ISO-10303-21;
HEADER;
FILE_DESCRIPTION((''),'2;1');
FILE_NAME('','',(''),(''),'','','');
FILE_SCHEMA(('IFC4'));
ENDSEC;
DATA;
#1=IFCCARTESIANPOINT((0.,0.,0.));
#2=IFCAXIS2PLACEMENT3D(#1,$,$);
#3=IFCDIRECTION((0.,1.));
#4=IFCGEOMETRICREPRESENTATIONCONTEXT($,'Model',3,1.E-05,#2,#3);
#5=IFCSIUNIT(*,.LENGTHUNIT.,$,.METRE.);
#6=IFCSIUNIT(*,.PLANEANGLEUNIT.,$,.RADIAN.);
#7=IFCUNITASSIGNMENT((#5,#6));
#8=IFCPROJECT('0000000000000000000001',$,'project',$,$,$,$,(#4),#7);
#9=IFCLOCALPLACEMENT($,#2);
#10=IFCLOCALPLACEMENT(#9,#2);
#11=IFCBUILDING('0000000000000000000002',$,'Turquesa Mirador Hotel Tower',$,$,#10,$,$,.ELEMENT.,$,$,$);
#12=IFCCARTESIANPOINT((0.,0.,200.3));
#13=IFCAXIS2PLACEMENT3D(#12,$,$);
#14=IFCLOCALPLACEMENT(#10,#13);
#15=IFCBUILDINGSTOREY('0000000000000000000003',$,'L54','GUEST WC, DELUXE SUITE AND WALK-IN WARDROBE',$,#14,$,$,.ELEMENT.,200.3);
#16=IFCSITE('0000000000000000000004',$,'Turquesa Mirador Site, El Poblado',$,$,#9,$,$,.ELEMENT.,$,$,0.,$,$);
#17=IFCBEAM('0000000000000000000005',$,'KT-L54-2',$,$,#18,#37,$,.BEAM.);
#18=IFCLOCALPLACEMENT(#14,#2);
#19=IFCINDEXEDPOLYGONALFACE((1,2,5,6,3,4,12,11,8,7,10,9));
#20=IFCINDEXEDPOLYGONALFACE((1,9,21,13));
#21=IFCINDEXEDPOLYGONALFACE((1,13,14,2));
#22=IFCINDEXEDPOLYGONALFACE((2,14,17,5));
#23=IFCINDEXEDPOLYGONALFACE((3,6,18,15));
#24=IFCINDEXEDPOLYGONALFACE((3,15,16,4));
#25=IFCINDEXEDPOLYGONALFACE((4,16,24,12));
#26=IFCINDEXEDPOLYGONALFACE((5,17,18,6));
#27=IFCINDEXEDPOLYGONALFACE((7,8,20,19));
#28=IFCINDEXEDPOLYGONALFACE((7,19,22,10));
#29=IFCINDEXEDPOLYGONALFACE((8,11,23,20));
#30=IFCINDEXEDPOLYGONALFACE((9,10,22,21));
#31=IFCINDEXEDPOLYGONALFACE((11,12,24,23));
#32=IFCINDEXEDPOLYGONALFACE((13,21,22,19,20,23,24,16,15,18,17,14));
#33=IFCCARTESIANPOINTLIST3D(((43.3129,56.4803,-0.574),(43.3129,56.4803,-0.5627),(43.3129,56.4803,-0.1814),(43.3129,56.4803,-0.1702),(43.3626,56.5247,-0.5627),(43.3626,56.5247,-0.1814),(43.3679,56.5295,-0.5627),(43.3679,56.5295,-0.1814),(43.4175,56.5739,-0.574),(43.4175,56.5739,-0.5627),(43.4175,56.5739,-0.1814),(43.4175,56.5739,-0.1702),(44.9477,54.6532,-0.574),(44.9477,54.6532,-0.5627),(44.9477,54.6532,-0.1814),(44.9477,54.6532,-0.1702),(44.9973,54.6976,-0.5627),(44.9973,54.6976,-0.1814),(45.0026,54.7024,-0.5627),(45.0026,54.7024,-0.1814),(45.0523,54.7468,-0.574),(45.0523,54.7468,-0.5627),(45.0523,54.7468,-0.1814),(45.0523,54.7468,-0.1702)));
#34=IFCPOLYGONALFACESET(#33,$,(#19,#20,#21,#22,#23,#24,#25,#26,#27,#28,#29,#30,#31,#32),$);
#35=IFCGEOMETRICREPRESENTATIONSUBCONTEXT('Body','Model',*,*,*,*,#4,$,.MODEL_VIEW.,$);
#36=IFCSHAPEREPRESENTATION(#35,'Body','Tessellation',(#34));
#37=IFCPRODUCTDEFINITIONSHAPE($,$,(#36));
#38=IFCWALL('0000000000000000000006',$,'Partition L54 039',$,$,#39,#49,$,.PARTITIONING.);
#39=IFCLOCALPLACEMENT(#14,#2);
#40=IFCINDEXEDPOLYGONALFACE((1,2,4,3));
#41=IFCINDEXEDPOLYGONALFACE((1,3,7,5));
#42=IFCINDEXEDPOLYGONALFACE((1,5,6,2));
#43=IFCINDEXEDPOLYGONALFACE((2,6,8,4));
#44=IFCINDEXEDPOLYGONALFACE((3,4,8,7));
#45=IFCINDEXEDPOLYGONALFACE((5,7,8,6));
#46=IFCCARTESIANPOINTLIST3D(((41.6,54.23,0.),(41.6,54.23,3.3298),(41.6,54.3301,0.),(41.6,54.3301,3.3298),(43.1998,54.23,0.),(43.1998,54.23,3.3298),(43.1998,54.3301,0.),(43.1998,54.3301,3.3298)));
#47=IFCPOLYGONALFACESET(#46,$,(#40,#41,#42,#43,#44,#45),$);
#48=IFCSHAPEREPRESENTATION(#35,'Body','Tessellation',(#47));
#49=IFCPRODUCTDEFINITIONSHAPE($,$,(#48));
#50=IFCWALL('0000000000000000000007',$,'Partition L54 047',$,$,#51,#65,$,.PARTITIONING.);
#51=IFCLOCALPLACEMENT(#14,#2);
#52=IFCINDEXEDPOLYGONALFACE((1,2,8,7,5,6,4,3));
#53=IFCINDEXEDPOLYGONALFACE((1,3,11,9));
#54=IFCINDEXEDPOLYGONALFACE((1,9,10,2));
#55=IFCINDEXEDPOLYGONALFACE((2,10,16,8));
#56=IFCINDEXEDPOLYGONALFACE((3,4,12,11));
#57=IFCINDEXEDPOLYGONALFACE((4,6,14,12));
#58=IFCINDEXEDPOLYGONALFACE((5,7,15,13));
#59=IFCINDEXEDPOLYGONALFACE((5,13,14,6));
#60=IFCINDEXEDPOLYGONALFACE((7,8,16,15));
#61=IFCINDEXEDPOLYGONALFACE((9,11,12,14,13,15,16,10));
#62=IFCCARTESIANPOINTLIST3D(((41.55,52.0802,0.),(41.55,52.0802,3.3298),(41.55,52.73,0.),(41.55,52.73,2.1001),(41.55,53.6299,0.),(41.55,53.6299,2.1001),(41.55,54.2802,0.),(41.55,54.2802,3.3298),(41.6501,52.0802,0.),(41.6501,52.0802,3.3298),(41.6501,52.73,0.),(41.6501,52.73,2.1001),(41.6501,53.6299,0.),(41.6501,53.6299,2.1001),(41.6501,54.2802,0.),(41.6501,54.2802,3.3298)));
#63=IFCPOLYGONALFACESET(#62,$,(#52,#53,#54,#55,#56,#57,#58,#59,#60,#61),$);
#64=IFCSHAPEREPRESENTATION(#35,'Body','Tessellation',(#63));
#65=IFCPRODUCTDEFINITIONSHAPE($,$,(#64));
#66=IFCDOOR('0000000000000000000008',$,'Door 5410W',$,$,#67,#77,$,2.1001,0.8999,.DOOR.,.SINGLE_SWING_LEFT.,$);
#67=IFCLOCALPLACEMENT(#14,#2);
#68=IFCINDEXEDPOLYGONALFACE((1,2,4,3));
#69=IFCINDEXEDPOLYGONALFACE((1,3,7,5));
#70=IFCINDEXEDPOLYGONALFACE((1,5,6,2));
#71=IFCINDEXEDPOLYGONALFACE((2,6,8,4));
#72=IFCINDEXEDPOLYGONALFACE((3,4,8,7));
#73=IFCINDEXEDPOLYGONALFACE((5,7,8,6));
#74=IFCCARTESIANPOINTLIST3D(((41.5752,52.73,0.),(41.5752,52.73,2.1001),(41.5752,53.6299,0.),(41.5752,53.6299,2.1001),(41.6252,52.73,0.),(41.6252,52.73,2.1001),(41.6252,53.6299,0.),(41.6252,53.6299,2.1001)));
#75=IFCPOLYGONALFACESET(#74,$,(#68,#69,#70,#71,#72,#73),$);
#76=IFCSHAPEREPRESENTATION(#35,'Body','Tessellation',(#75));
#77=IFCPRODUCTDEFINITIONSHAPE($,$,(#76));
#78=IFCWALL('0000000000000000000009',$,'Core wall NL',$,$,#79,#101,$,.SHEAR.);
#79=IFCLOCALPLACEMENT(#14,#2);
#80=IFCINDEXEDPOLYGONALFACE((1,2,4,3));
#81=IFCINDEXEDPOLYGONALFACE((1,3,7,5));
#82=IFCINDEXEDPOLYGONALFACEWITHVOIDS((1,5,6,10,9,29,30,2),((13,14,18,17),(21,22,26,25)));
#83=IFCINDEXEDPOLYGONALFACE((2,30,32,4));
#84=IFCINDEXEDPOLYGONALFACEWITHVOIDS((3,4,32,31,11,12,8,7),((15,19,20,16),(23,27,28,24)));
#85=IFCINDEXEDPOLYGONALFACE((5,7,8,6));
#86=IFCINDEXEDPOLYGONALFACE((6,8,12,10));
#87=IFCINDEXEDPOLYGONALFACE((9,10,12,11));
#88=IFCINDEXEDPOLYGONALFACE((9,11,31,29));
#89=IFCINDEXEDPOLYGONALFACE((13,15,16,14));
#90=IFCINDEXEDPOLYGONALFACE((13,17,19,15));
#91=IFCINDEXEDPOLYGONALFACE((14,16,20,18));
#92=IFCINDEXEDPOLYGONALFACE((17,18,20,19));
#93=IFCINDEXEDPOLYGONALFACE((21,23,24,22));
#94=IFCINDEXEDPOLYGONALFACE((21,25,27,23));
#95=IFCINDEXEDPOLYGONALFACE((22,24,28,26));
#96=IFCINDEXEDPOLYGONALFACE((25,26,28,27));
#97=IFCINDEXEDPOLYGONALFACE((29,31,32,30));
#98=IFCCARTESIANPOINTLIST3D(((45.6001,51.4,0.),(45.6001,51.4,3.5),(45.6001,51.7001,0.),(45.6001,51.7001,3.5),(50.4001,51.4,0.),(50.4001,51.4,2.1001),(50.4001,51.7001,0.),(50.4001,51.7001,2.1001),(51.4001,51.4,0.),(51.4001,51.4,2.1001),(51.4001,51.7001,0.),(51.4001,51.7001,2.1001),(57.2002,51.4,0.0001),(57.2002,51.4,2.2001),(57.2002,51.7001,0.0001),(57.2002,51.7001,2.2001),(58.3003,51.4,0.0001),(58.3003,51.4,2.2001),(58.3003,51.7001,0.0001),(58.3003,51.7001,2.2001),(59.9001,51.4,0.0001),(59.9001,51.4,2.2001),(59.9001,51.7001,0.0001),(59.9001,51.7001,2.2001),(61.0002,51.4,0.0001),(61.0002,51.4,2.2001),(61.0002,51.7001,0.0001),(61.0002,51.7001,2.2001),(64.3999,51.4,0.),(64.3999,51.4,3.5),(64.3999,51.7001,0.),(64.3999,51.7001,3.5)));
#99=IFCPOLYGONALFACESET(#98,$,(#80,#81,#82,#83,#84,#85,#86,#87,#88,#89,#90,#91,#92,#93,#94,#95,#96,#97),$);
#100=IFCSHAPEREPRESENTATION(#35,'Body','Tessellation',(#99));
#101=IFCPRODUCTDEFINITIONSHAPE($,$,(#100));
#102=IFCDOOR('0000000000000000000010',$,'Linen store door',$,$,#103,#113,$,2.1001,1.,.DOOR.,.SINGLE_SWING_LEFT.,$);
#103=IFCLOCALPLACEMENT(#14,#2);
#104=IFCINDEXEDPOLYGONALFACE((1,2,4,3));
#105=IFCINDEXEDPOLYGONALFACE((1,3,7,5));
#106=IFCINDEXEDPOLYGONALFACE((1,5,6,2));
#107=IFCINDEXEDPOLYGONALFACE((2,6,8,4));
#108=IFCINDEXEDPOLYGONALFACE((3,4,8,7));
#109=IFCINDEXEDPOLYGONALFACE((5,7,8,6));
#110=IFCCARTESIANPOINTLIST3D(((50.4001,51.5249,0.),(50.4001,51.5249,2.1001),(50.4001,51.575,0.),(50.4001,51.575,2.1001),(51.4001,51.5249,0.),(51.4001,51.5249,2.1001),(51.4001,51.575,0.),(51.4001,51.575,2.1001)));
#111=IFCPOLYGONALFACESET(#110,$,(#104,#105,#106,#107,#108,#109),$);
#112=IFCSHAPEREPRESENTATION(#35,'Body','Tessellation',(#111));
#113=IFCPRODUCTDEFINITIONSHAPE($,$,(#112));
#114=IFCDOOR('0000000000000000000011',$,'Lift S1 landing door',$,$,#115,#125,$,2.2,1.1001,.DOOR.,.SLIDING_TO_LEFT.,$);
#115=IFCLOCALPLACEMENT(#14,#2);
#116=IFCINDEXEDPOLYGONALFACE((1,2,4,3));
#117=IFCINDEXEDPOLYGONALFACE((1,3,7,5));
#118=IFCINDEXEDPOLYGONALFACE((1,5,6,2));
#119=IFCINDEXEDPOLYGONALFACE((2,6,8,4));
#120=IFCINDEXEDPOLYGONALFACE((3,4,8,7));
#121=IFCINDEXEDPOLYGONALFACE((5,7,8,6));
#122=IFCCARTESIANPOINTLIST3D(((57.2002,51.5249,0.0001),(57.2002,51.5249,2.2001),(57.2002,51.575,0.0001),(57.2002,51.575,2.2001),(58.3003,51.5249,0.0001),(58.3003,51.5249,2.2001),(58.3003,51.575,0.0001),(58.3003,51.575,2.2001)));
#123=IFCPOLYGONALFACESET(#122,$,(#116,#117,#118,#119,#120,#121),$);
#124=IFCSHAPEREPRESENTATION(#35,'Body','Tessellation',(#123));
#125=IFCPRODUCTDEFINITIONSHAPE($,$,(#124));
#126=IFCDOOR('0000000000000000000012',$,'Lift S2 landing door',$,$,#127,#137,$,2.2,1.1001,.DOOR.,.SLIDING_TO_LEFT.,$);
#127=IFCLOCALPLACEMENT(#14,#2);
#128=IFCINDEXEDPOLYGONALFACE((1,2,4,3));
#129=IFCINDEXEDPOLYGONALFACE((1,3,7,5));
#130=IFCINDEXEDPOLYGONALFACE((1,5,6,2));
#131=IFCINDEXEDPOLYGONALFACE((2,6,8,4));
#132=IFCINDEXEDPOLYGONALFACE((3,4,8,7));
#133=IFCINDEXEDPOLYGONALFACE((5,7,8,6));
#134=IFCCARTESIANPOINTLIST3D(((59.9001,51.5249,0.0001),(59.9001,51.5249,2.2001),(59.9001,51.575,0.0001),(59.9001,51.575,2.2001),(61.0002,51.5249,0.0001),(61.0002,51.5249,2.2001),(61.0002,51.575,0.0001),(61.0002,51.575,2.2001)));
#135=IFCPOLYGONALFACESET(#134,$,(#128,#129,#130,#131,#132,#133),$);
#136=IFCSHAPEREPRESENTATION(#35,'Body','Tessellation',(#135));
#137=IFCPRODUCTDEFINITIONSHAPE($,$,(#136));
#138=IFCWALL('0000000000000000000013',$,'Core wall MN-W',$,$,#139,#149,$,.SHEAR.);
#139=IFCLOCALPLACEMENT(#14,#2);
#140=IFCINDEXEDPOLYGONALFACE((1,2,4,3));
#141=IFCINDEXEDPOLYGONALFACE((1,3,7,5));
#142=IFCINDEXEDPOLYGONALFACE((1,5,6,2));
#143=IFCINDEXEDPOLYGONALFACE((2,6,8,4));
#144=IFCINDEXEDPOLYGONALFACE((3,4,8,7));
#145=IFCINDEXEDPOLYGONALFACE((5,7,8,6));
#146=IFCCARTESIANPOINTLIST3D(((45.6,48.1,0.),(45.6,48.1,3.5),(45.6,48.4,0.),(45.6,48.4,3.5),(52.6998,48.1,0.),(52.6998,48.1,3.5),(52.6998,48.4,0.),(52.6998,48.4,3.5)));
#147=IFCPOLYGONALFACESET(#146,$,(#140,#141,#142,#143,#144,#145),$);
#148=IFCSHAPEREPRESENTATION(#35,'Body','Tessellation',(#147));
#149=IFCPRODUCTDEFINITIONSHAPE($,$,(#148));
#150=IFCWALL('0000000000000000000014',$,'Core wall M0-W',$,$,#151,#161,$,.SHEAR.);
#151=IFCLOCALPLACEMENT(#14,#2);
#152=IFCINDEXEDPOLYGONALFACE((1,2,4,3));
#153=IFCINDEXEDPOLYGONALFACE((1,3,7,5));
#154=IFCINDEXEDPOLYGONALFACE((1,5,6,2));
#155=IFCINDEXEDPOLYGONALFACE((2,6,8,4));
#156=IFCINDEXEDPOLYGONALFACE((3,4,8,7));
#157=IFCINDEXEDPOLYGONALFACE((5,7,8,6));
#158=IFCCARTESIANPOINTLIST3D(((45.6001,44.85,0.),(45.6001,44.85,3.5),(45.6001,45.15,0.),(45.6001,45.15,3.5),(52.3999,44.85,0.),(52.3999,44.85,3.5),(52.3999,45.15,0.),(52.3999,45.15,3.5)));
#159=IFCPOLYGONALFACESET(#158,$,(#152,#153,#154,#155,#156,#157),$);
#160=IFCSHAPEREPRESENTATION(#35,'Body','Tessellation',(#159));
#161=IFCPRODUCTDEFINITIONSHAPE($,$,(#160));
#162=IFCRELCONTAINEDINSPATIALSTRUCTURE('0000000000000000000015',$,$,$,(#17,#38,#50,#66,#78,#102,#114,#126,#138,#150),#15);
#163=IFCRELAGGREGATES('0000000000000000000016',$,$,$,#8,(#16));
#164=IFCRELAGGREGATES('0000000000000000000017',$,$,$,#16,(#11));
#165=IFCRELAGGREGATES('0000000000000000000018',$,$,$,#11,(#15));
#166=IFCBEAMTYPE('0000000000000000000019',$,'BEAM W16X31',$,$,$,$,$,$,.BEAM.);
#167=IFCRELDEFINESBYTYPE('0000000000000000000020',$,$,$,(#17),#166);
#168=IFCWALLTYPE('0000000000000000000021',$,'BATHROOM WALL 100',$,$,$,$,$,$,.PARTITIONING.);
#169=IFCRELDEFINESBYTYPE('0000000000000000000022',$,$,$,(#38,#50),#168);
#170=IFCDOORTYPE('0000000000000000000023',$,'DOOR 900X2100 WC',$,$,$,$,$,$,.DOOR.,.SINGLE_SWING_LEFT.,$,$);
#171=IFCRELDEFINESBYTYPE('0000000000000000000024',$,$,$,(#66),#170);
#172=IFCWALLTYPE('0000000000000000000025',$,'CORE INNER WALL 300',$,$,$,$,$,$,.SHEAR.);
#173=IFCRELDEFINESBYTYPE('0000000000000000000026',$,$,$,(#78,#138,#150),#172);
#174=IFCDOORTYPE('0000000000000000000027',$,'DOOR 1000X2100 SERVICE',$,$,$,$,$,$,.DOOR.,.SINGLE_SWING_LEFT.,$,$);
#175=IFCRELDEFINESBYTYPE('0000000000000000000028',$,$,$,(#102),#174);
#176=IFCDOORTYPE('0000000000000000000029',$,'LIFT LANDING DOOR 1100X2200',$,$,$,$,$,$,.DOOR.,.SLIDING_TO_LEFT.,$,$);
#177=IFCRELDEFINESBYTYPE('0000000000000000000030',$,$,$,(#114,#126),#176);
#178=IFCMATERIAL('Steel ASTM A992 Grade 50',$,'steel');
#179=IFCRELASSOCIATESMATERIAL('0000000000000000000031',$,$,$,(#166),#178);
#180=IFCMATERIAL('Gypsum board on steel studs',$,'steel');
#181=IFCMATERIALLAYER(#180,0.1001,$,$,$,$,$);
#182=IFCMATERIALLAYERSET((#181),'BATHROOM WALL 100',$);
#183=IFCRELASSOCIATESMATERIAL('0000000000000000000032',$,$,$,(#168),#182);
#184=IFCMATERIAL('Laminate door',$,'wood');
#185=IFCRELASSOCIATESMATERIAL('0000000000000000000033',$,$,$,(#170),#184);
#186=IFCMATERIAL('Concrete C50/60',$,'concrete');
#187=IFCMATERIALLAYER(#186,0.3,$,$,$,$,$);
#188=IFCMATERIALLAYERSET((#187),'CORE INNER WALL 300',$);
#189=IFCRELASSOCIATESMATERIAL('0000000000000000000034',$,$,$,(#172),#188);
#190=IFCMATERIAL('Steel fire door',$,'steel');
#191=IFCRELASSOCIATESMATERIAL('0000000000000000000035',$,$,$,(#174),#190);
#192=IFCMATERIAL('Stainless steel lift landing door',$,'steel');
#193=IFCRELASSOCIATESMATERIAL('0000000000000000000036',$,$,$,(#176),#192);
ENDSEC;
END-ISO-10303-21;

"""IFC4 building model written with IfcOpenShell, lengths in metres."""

from ifc_helpers import new_model, si_unit, direction, frame, frame_2d, origin, origin_2d, place, context, subcontext, project, spatial, rectangle, i_section, extrude, material, layer, layer_set, material_profile, profile_set, type_object, element, fill, save


model = new_model("IFC4")

# Units and contexts
model_context = context("Model", 3, precision=1e-05, world=origin(), true_north=direction((0.0, 1.0)))
body_context = subcontext(model_context, "Body", "Model", "MODEL_VIEW")
ifc_project = project(units=[si_unit("LENGTHUNIT", "METRE"), si_unit("PLANEANGLEUNIT", "RADIAN")], contexts=[model_context])

# Site, building, storey
site_placement = place(None, origin())
site = spatial("IfcSite", under=ifc_project, at=site_placement, Name="Turquesa Mirador Site, El Poblado", CompositionType="ELEMENT", RefElevation=0.0)
building_placement = place(site_placement, origin())
building = spatial("IfcBuilding", under=site, at=building_placement, Name="Turquesa Mirador Hotel Tower", CompositionType="ELEMENT")
storey_placement = place(building_placement, frame((0.0, 0.0, 200.3)))
storey = spatial("IfcBuildingStorey", under=building, at=storey_placement, Name="L54", Description="GUEST WC, DELUXE SUITE AND WALK-IN WARDROBE", CompositionType="ELEMENT", Elevation=200.3)

# Beam
ifc_material_1 = material(Name="Steel ASTM A992 Grade 50", Category="steel")
ifc_material_profile = material_profile(ifc_material_1, i_section(OverallWidth=0.1404, OverallDepth=0.4038, WebThickness=0.0071, FlangeThickness=0.0112, at=origin_2d()), Name="W16X31")
ifc_profile_set = profile_set([ifc_material_profile], Name="Steel ASTM A992 Grade 50")
beam_type = type_object("IfcBeamType", Name="BEAM W16X31", PredefinedType="BEAM", material=ifc_profile_set)
beam_placement = place(storey_placement, frame((43.3652, 56.5271, -0.3721), z_axis=(0.666783, -0.745252, 0.0), x_axis=(0.745252, 0.666783, 0.0)))
element("IfcBeam", 1, at=beam_placement, inside=storey, type_object=beam_type, Name="KT-L54-2", PredefinedType="BEAM", context=body_context, shape_type="SweptSolid", body=[
    extrude(i_section(OverallWidth=0.1404, OverallDepth=0.4038, WebThickness=0.0071, FlangeThickness=0.0112, at=origin_2d()), origin(), (0.0, 0.0, 1.0), 2.4517),
])

# Wall
ifc_material_2 = material(Name="Gypsum board on steel studs", Category="steel")
ifc_layer_1 = layer(ifc_material_2, 0.1001)
ifc_layer_set_1 = layer_set([ifc_layer_1], Name="BATHROOM WALL 100")
wall_type_1 = type_object("IfcWallType", Name="BATHROOM WALL 100", PredefinedType="PARTITIONING", material=ifc_layer_set_1)
wall_1_placement = place(storey_placement, frame((41.6001, 54.28, 0.0), z_axis=(0.0, 0.0, 1.0), x_axis=(1.0, 0.0, 0.0)))
element("IfcWall", 2, at=wall_1_placement, inside=storey, type_object=wall_type_1, Name="Partition L54 039", PredefinedType="PARTITIONING", context=body_context, shape_type="SweptSolid", body=[
    extrude(rectangle(XDim=1.5999, YDim=0.1001, at=frame_2d((0.7998, 0.0))), origin(), (0.0, 0.0, 1.0), 3.3298),
])

# Wall, opening, door
wall_2_placement = place(storey_placement, frame((41.6001, 52.0801, 0.0), z_axis=(0.0, 0.0, 1.0), x_axis=(0.0, 1.0, 0.0)))
wall_2 = element("IfcWall", 3, at=wall_2_placement, inside=storey, type_object=wall_type_1, Name="Partition L54 047", PredefinedType="PARTITIONING", context=body_context, shape_type="SweptSolid", body=[
    extrude(rectangle(XDim=2.2, YDim=0.1001, at=frame_2d((1.1001, 0.0))), origin(), (0.0, 0.0, 1.0), 3.3298),
])
opening_1_placement = place(wall_2_placement, frame((0.6499, 0.0, 0.0)))
opening_1 = element("IfcOpeningElement", 4, at=opening_1_placement, cuts=wall_2, PredefinedType="OPENING", context=body_context, shape_type="SweptSolid", body=[
    extrude(rectangle(XDim=0.8999, YDim=2.1001, at=frame_2d((0.45, 1.05))), frame((0.0, 0.0601, 0.0), z_axis=(0.0, -1.0, 0.0), x_axis=(1.0, 0.0, 0.0)), (0.0, 0.0, 1.0), 0.1201),
])
ifc_material_3 = material(Name="Laminate door", Category="wood")
door_type_1 = type_object("IfcDoorType", Name="DOOR 900X2100 WC", OperationType="SINGLE_SWING_LEFT", PredefinedType="DOOR", material=ifc_material_3)
door_1_placement = place(opening_1_placement, origin())
door_1 = element("IfcDoor", 5, at=door_1_placement, inside=storey, type_object=door_type_1, Name="Door 5410W", OperationType="SINGLE_SWING_LEFT", OverallHeight=2.1001, OverallWidth=0.8999, PredefinedType="DOOR", context=body_context, shape_type="SweptSolid", body=[
    extrude(rectangle(XDim=0.8999, YDim=2.1001, at=frame_2d((0.45, 1.05))), frame((0.0, 0.0249, 0.0), z_axis=(0.0, -1.0, 0.0), x_axis=(1.0, 0.0, 0.0)), (0.0, 0.0, 1.0), 0.05),
])
fill(opening_1, door_1)

# Wall, openings, doors
ifc_material_4 = material(Name="Concrete C50/60", Category="concrete")
ifc_layer_2 = layer(ifc_material_4, 0.3)
ifc_layer_set_2 = layer_set([ifc_layer_2], Name="CORE INNER WALL 300")
wall_type_2 = type_object("IfcWallType", Name="CORE INNER WALL 300", PredefinedType="SHEAR", material=ifc_layer_set_2)
wall_3_placement = place(storey_placement, frame((45.6001, 51.55, 0.0), z_axis=(0.0, 0.0, 1.0), x_axis=(1.0, 0.0, 0.0)))
wall_3 = element("IfcWall", 6, at=wall_3_placement, inside=storey, type_object=wall_type_2, Name="Core wall NL", PredefinedType="SHEAR", context=body_context, shape_type="SweptSolid", body=[
    extrude(rectangle(XDim=18.7998, YDim=0.3, at=frame_2d((9.3999, 0.0))), origin(), (0.0, 0.0, 1.0), 3.5),
])
opening_2_placement = place(wall_3_placement, frame((4.8, 0.0, 0.0)))
opening_2 = element("IfcOpeningElement", 7, at=opening_2_placement, cuts=wall_3, PredefinedType="OPENING", context=body_context, shape_type="SweptSolid", body=[
    extrude(rectangle(XDim=1.0, YDim=2.1001, at=frame_2d((0.5, 1.05))), frame((0.0, 0.1599, 0.0), z_axis=(0.0, -1.0, 0.0), x_axis=(1.0, 0.0, 0.0)), (0.0, 0.0, 1.0), 0.3201),
])
opening_3_placement = place(wall_3_placement, frame((11.6001, 0.0, 0.0)))
opening_3 = element("IfcOpeningElement", 8, at=opening_3_placement, cuts=wall_3, PredefinedType="OPENING", context=body_context, shape_type="SweptSolid", body=[
    extrude(rectangle(XDim=1.1001, YDim=2.2, at=frame_2d((0.55, 1.1001))), frame((0.0, 0.1599, 0.0), z_axis=(0.0, -1.0, 0.0), x_axis=(1.0, 0.0, 0.0)), (0.0, 0.0, 1.0), 0.3201),
])
opening_4_placement = place(wall_3_placement, frame((14.3, 0.0, 0.0)))
opening_4 = element("IfcOpeningElement", 9, at=opening_4_placement, cuts=wall_3, PredefinedType="OPENING", context=body_context, shape_type="SweptSolid", body=[
    extrude(rectangle(XDim=1.1001, YDim=2.2, at=frame_2d((0.55, 1.1001))), frame((0.0, 0.1599, 0.0), z_axis=(0.0, -1.0, 0.0), x_axis=(1.0, 0.0, 0.0)), (0.0, 0.0, 1.0), 0.3201),
])
ifc_material_5 = material(Name="Steel fire door", Category="steel")
door_type_2 = type_object("IfcDoorType", Name="DOOR 1000X2100 SERVICE", OperationType="SINGLE_SWING_LEFT", PredefinedType="DOOR", material=ifc_material_5)
door_2_placement = place(opening_2_placement, origin())
door_2 = element("IfcDoor", 10, at=door_2_placement, inside=storey, type_object=door_type_2, Name="Linen store door", OperationType="SINGLE_SWING_LEFT", OverallHeight=2.1001, OverallWidth=1.0, PredefinedType="DOOR", context=body_context, shape_type="SweptSolid", body=[
    extrude(rectangle(XDim=1.0, YDim=2.1001, at=frame_2d((0.5, 1.05))), frame((0.0, 0.0249, 0.0), z_axis=(0.0, -1.0, 0.0), x_axis=(1.0, 0.0, 0.0)), (0.0, 0.0, 1.0), 0.05),
])
fill(opening_2, door_2)
ifc_material_6 = material(Name="Stainless steel lift landing door", Category="steel")
door_type_3 = type_object("IfcDoorType", Name="LIFT LANDING DOOR 1100X2200", OperationType="SLIDING_TO_LEFT", PredefinedType="DOOR", material=ifc_material_6)
door_3_placement = place(opening_3_placement, origin())
door_3 = element("IfcDoor", 11, at=door_3_placement, inside=storey, type_object=door_type_3, Name="Lift S1 landing door", OperationType="SLIDING_TO_LEFT", OverallHeight=2.2, OverallWidth=1.1001, PredefinedType="DOOR", context=body_context, shape_type="SweptSolid", body=[
    extrude(rectangle(XDim=1.1001, YDim=2.2, at=frame_2d((0.55, 1.1001))), frame((0.0, 0.0249, 0.0), z_axis=(0.0, -1.0, 0.0), x_axis=(1.0, 0.0, 0.0)), (0.0, 0.0, 1.0), 0.05),
])
fill(opening_3, door_3)
door_4_placement = place(opening_4_placement, origin())
door_4 = element("IfcDoor", 12, at=door_4_placement, inside=storey, type_object=door_type_3, Name="Lift S2 landing door", OperationType="SLIDING_TO_LEFT", OverallHeight=2.2, OverallWidth=1.1001, PredefinedType="DOOR", context=body_context, shape_type="SweptSolid", body=[
    extrude(rectangle(XDim=1.1001, YDim=2.2, at=frame_2d((0.55, 1.1001))), frame((0.0, 0.0249, 0.0), z_axis=(0.0, -1.0, 0.0), x_axis=(1.0, 0.0, 0.0)), (0.0, 0.0, 1.0), 0.05),
])
fill(opening_4, door_4)

# Walls
wall_4_placement = place(storey_placement, frame((45.6001, 48.25, 0.0), z_axis=(0.0, 0.0, 1.0), x_axis=(1.0, 0.0, 0.0)))
element("IfcWall", 13, at=wall_4_placement, inside=storey, type_object=wall_type_2, Name="Core wall MN-W", PredefinedType="SHEAR", context=body_context, shape_type="SweptSolid", body=[
    extrude(rectangle(XDim=7.0999, YDim=0.3, at=frame_2d((3.5498, 0.0))), origin(), (0.0, 0.0, 1.0), 3.5),
])
wall_5_placement = place(storey_placement, frame((45.6001, 45.0, 0.0), z_axis=(0.0, 0.0, 1.0), x_axis=(1.0, 0.0, 0.0)))
element("IfcWall", 14, at=wall_5_placement, inside=storey, type_object=wall_type_2, Name="Core wall M0-W", PredefinedType="SHEAR", context=body_context, shape_type="SweptSolid", body=[
    extrude(rectangle(XDim=6.7998, YDim=0.3, at=frame_2d((3.3999, 0.0))), origin(), (0.0, 0.0, 1.0), 3.5),
])

save(model, "model.ifc")
